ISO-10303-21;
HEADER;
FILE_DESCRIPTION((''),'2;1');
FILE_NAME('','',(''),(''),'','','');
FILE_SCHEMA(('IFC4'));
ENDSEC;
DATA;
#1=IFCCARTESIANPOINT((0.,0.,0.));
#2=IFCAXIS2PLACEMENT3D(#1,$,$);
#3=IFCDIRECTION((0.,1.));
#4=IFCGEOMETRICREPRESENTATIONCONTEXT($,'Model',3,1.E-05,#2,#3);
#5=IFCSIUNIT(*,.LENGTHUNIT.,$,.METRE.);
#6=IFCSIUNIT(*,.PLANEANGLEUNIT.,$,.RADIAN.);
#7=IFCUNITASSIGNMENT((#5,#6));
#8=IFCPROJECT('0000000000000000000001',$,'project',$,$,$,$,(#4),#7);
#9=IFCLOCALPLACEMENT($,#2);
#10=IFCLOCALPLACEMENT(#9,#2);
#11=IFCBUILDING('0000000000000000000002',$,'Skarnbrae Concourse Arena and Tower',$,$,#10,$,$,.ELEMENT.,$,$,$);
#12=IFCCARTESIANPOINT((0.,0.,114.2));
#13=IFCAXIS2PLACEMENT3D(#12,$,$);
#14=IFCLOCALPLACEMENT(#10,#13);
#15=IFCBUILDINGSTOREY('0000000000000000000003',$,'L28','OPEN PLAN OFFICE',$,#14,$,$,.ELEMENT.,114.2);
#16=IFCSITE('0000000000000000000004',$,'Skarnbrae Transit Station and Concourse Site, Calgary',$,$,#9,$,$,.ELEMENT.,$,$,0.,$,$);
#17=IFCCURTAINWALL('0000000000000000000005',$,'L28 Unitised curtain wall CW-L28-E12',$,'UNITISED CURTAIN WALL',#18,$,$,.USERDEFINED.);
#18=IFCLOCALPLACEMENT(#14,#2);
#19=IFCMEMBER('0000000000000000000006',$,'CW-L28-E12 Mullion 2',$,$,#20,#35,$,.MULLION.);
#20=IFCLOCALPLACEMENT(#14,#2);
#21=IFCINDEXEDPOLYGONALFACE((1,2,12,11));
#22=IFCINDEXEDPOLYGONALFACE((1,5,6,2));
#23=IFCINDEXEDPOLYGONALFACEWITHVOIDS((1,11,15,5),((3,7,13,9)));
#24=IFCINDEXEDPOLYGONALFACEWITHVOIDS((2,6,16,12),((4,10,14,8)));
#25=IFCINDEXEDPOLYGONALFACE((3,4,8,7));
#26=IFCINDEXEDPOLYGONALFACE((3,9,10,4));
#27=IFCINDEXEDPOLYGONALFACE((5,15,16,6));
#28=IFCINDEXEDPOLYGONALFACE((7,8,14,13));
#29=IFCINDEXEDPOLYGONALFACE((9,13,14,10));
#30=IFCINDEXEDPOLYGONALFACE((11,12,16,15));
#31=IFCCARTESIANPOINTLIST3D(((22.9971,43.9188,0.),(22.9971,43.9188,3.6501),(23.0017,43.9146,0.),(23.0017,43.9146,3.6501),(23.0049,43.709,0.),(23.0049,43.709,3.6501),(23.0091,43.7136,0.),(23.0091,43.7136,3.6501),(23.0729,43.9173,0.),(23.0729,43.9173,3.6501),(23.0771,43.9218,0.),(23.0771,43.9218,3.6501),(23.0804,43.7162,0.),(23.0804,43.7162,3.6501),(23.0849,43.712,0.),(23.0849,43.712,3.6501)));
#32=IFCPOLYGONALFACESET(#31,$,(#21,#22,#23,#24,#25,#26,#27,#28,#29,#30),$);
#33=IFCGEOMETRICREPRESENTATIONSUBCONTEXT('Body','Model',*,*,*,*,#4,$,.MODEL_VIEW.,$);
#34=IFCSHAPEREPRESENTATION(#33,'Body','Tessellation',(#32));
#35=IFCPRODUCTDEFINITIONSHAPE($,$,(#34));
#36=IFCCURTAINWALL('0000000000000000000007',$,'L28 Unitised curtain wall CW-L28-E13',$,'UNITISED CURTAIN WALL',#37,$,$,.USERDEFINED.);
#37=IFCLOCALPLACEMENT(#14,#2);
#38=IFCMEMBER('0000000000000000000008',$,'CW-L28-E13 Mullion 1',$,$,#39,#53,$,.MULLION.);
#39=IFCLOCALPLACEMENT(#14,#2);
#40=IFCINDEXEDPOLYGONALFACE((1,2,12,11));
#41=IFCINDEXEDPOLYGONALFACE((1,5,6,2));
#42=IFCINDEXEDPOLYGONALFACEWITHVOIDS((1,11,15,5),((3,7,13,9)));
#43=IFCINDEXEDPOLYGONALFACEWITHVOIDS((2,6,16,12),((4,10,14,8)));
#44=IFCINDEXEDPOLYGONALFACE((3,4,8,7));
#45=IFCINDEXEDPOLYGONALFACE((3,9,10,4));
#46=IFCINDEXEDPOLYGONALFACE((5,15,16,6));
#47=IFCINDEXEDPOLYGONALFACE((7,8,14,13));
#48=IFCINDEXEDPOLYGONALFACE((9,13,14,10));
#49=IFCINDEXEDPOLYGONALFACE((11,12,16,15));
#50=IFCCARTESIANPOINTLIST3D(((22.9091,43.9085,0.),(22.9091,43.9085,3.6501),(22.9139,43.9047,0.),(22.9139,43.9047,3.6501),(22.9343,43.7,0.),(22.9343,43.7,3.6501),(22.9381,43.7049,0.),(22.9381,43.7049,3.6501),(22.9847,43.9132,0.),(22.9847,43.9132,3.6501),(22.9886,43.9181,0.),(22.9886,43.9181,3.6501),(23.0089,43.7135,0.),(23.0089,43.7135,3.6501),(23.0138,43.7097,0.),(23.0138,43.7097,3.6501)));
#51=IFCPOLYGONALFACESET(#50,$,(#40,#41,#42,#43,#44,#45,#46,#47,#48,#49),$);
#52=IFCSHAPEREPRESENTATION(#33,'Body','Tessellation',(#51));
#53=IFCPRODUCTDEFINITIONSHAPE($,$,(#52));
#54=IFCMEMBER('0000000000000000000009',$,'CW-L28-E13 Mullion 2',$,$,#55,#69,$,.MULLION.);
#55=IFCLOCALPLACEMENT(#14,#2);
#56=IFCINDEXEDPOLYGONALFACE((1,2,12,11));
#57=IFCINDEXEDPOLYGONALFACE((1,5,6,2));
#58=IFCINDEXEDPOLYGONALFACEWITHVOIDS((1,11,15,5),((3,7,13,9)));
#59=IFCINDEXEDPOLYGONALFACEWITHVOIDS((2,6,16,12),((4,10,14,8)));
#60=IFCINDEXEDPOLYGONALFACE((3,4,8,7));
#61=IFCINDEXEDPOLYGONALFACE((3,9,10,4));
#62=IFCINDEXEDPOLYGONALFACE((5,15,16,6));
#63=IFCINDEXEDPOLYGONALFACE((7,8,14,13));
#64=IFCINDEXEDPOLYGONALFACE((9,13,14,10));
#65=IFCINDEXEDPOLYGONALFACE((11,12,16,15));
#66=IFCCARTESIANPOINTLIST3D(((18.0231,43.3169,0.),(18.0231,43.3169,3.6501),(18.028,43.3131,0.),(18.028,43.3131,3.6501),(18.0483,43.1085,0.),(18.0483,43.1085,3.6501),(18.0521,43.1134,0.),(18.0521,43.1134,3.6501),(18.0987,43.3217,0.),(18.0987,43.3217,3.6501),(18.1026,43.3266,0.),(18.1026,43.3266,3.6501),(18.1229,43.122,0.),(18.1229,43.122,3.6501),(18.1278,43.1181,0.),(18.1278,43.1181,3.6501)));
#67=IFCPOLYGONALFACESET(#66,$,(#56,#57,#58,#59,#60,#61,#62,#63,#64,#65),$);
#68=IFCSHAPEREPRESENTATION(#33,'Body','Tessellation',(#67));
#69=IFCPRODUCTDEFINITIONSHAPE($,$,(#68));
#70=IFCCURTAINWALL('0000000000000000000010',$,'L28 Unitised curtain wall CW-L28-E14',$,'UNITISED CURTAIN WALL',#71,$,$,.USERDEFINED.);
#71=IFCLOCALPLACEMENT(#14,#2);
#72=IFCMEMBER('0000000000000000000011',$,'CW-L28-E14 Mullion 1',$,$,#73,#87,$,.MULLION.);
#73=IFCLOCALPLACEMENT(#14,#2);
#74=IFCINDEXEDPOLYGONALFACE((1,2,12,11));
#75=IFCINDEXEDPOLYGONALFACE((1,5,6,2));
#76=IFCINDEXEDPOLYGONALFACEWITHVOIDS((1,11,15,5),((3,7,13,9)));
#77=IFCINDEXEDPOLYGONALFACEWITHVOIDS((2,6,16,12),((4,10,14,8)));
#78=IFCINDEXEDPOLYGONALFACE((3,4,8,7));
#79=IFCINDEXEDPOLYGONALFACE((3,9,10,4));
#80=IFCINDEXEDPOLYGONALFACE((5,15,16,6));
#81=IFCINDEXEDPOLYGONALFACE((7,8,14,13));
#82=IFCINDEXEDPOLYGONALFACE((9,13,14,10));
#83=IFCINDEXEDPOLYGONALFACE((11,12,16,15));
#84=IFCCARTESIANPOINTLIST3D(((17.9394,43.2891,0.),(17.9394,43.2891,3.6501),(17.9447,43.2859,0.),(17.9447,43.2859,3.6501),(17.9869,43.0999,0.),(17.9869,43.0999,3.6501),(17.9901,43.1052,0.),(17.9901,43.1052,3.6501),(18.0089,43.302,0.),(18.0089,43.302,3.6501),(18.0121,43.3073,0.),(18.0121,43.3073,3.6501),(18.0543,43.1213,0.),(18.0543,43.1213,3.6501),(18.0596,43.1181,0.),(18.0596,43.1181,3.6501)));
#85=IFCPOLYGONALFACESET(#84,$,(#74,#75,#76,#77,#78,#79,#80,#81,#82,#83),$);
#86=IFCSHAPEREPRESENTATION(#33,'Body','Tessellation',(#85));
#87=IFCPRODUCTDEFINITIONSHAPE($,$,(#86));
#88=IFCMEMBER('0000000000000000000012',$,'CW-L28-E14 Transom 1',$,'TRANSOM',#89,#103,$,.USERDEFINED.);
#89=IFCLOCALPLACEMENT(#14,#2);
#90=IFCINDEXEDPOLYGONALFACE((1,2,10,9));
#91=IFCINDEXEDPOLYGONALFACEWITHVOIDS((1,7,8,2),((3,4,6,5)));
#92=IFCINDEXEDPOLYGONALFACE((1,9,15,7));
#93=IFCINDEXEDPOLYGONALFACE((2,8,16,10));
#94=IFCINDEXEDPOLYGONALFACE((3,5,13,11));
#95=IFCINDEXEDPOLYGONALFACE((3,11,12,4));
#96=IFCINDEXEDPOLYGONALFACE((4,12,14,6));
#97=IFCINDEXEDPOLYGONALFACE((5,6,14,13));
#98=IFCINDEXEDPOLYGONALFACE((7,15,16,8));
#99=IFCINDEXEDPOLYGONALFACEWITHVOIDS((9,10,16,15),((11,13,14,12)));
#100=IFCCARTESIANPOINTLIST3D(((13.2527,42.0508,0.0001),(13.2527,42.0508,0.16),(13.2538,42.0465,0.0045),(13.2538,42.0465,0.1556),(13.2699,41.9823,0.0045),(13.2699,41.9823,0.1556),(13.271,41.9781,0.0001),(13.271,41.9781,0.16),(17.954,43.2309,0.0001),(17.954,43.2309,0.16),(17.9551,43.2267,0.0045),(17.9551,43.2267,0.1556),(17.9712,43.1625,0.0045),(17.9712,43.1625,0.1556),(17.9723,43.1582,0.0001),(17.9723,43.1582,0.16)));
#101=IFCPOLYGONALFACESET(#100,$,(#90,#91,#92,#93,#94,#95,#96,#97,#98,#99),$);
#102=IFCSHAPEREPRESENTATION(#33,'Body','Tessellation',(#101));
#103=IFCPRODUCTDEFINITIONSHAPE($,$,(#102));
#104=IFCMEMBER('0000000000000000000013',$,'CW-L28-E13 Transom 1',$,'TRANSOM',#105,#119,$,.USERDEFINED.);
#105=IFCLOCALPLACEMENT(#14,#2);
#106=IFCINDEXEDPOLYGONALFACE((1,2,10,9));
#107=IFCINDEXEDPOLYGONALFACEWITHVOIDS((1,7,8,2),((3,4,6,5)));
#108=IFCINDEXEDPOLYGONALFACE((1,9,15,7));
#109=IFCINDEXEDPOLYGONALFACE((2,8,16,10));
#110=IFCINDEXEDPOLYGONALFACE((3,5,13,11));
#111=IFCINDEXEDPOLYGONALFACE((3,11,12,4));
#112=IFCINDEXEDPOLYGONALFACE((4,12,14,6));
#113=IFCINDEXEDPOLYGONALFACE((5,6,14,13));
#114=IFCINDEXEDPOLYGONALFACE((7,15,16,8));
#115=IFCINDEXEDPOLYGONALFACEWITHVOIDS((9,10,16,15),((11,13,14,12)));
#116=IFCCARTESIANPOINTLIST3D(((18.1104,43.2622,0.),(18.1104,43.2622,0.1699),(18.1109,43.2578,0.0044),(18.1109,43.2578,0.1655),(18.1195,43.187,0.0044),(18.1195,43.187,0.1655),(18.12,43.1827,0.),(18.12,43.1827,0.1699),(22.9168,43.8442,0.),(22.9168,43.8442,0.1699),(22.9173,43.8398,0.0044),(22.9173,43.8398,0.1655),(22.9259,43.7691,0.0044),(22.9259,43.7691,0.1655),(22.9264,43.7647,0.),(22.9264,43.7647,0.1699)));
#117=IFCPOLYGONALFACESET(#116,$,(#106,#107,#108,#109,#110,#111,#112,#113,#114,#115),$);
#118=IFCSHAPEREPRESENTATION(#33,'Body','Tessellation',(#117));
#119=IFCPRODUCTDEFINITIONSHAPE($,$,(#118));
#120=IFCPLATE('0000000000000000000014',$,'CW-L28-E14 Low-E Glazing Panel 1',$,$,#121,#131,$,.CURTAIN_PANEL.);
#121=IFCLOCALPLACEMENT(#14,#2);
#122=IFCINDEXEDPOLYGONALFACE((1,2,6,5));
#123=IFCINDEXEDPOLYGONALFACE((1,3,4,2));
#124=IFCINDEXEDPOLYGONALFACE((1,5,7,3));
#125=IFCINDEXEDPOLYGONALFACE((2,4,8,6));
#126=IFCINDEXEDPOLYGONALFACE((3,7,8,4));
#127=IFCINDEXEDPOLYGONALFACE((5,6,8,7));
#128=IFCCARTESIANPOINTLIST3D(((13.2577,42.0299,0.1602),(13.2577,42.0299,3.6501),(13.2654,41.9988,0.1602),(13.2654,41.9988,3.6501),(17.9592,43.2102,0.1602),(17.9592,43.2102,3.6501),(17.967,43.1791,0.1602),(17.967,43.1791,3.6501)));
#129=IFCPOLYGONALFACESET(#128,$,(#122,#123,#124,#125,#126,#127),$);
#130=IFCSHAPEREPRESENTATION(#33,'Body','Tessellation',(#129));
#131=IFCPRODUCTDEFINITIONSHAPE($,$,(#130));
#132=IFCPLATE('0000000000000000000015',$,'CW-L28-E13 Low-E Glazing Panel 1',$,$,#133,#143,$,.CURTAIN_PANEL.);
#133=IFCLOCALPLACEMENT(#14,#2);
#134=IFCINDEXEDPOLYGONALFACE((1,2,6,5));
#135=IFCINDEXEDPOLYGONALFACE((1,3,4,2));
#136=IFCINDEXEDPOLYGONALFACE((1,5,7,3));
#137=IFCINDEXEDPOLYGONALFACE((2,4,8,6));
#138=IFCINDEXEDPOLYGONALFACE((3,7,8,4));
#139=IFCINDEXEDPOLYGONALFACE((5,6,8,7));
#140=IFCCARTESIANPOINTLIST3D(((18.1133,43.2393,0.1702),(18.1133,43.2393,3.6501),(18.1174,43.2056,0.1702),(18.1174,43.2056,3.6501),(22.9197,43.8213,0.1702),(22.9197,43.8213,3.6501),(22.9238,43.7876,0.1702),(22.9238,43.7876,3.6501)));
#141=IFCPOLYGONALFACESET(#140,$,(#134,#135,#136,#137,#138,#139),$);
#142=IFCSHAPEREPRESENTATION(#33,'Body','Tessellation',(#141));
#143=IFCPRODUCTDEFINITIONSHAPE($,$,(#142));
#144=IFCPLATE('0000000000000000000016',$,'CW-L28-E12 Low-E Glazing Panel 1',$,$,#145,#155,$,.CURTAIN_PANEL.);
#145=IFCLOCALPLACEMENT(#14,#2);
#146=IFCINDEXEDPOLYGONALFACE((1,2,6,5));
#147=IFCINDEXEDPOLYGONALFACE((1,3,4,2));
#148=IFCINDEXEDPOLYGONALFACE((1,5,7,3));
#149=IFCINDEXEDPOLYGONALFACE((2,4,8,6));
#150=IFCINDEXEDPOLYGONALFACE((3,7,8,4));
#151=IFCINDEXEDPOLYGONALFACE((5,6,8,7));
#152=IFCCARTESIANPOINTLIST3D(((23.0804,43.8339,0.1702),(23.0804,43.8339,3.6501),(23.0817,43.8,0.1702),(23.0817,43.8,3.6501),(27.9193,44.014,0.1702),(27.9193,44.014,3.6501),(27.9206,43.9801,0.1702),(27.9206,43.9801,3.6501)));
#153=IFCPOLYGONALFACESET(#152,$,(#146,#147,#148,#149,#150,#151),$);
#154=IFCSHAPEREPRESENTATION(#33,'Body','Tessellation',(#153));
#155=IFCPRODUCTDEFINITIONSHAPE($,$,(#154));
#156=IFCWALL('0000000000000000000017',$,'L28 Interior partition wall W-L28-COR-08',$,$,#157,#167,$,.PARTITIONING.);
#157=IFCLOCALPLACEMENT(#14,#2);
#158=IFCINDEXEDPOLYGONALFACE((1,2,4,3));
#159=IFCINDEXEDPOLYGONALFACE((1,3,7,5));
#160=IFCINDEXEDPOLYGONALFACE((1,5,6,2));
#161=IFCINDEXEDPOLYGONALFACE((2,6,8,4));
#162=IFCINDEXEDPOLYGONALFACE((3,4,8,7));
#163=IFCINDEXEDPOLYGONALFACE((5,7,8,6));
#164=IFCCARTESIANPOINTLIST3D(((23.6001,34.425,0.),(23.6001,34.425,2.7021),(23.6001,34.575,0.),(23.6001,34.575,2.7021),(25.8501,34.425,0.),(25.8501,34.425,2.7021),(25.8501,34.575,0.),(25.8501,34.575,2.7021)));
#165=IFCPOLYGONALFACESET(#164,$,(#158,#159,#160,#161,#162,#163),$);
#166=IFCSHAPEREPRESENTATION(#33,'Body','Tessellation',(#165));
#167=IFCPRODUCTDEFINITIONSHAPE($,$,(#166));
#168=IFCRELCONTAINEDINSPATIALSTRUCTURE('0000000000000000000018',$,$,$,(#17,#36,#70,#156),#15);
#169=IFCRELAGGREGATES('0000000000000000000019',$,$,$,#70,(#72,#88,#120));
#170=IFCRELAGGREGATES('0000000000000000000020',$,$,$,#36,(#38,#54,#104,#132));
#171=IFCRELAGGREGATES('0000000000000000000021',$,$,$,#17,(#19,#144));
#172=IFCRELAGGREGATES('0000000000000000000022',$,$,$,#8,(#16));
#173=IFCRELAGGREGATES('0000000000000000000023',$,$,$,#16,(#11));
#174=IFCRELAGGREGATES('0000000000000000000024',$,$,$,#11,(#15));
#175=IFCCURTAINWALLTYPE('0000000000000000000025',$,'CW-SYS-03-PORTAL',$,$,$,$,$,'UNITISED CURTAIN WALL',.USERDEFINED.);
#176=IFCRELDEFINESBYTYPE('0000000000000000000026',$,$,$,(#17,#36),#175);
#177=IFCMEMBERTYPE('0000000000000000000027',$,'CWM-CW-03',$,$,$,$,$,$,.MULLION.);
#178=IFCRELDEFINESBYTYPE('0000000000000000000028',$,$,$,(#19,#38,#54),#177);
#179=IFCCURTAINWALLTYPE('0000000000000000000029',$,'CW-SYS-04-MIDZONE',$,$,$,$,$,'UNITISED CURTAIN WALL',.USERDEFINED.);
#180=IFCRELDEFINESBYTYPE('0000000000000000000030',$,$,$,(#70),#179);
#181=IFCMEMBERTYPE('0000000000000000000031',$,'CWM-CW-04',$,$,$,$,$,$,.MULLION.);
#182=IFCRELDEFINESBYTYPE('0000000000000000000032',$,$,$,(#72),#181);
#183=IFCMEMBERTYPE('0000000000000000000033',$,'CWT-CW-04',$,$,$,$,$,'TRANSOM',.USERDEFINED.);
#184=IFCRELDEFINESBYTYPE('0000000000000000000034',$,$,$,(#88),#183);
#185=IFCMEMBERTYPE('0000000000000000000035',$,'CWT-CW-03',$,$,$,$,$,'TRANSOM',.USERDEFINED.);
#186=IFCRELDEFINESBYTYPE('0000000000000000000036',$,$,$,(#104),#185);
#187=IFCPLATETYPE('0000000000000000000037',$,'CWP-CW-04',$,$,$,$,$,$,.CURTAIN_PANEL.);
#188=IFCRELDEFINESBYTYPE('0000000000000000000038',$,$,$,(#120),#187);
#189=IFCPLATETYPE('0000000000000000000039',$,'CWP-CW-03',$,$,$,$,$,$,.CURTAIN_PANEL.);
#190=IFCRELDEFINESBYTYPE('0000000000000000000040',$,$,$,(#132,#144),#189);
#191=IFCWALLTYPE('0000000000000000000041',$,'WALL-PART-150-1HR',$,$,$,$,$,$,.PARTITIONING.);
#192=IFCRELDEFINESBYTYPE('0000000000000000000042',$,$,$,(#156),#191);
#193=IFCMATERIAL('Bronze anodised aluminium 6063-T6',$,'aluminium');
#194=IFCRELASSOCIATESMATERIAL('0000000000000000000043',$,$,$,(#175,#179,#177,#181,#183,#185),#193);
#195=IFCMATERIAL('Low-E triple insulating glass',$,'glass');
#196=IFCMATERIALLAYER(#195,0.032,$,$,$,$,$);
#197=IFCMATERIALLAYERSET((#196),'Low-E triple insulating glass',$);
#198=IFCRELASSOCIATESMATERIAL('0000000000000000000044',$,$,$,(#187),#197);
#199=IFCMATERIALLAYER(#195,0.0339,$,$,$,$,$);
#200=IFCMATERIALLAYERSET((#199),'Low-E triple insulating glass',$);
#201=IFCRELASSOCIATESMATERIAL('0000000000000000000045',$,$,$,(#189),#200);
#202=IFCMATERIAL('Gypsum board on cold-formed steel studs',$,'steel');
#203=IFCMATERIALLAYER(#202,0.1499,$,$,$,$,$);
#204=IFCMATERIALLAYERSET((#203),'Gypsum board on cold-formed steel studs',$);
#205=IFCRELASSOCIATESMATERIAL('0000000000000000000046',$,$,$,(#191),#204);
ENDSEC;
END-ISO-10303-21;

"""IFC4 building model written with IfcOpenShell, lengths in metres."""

from ifc_helpers import new_model, si_unit, direction, frame, frame_2d, origin, origin_2d, place, context, subcontext, project, spatial, rectangle, hollow_rectangle, extrude, source, transform, mapped, material, layer, layer_set, material_profile, profile_set, type_object, element, aggregate, save


model = new_model("IFC4")

# Units and contexts
model_context = context("Model", 3, precision=1e-05, world=origin(), true_north=direction((0.0, 1.0)))
body_context = subcontext(model_context, "Body", "Model", "MODEL_VIEW")
ifc_project = project(units=[si_unit("LENGTHUNIT", "METRE"), si_unit("PLANEANGLEUNIT", "RADIAN")], contexts=[model_context])

# Site, building, storey
site_placement = place(None, origin())
site = spatial("IfcSite", under=ifc_project, at=site_placement, Name="Skarnbrae Transit Station and Concourse Site, Calgary", CompositionType="ELEMENT", RefElevation=0.0)
building_placement = place(site_placement, origin())
building = spatial("IfcBuilding", under=site, at=building_placement, Name="Skarnbrae Concourse Arena and Tower", CompositionType="ELEMENT")
storey_placement = place(building_placement, frame((0.0, 0.0, 114.2)))
storey = spatial("IfcBuildingStorey", under=building, at=storey_placement, Name="L28", Description="OPEN PLAN OFFICE", CompositionType="ELEMENT", Elevation=114.2)

# Curtain wall, member
ifc_material_1 = material(Name="Bronze anodised aluminium 6063-T6", Category="aluminium")
curtain_wall_type_1 = type_object("IfcCurtainWallType", Name="CW-SYS-03-PORTAL", ElementType="UNITISED CURTAIN WALL", PredefinedType="USERDEFINED", material=ifc_material_1)
curtain_wall_1_placement = place(storey_placement, origin())
curtain_wall_1 = element("IfcCurtainWall", 1, at=curtain_wall_1_placement, inside=storey, type_object=curtain_wall_type_1, Name="L28 Unitised curtain wall CW-L28-E12", ObjectType="UNITISED CURTAIN WALL", PredefinedType="USERDEFINED")
ifc_material_profile_1 = material_profile(ifc_material_1, hollow_rectangle(XDim=0.0801, YDim=0.21, WallThickness=0.0044, at=origin_2d()), Name="ALU-MULL-80X210")
ifc_profile_set_1 = profile_set([ifc_material_profile_1], Name="Bronze anodised aluminium 6063-T6")
member_type_1 = type_object("IfcMemberType", Name="CWM-CW-03", PredefinedType="MULLION", material=ifc_profile_set_1)
shared_shape_1 = source(origin(), body_context, "Body", "SweptSolid", [
    extrude(hollow_rectangle(XDim=0.0801, YDim=0.21, WallThickness=0.0044, at=origin_2d()), origin(), (0.0, 0.0, 1.0), 3.6501),
])
member_1_placement = place(storey_placement, frame((23.041, 43.8154, 0.0), z_axis=(0.0, 0.0, 1.0), x_axis=(-0.999308, -0.037183, 0.0)))
member_1 = element("IfcMember", 2, at=member_1_placement, type_object=member_type_1, Name="CW-L28-E12 Mullion 2", PredefinedType="MULLION", context=body_context, shape_type="MappedRepresentation", body=[
    mapped(shared_shape_1, transform((0.0, 0.0, 0.0))),
])

# Curtain walls, members
curtain_wall_2_placement = place(storey_placement, origin())
curtain_wall_2 = element("IfcCurtainWall", 3, at=curtain_wall_2_placement, inside=storey, type_object=curtain_wall_type_1, Name="L28 Unitised curtain wall CW-L28-E13", ObjectType="UNITISED CURTAIN WALL", PredefinedType="USERDEFINED")
member_2_placement = place(storey_placement, frame((22.9614, 43.8091, 0.0), z_axis=(0.0, 0.0, 1.0), x_axis=(-0.992749, -0.120203, 0.0)))
member_2 = element("IfcMember", 4, at=member_2_placement, type_object=member_type_1, Name="CW-L28-E13 Mullion 1", PredefinedType="MULLION", context=body_context, shape_type="MappedRepresentation", body=[
    mapped(shared_shape_1, transform((0.0, 0.0, 0.0))),
])
member_3_placement = place(storey_placement, frame((18.0754, 43.2175, 0.0), z_axis=(0.0, 0.0, 1.0), x_axis=(-0.992749, -0.120203, 0.0)))
member_3 = element("IfcMember", 5, at=member_3_placement, type_object=member_type_1, Name="CW-L28-E13 Mullion 2", PredefinedType="MULLION", context=body_context, shape_type="MappedRepresentation", body=[
    mapped(shared_shape_1, transform((0.0, 0.0, 0.0))),
])
curtain_wall_type_2 = type_object("IfcCurtainWallType", Name="CW-SYS-04-MIDZONE", ElementType="UNITISED CURTAIN WALL", PredefinedType="USERDEFINED", material=ifc_material_1)
curtain_wall_3_placement = place(storey_placement, origin())
curtain_wall_3 = element("IfcCurtainWall", 6, at=curtain_wall_3_placement, inside=storey, type_object=curtain_wall_type_2, Name="L28 Unitised curtain wall CW-L28-E14", ObjectType="UNITISED CURTAIN WALL", PredefinedType="USERDEFINED")
ifc_material_profile_2 = material_profile(ifc_material_1, hollow_rectangle(XDim=0.075, YDim=0.1951, WallThickness=0.0044, at=origin_2d()), Name="ALU-MULL-75X195")
ifc_profile_set_2 = profile_set([ifc_material_profile_2], Name="Bronze anodised aluminium 6063-T6")
member_type_2 = type_object("IfcMemberType", Name="CWM-CW-04", PredefinedType="MULLION", material=ifc_profile_set_2)
shared_shape_2 = source(origin(), body_context, "Body", "SweptSolid", [
    extrude(hollow_rectangle(XDim=0.075, YDim=0.1951, WallThickness=0.0044, at=origin_2d()), origin(), (0.0, 0.0, 1.0), 3.6501),
])
member_4_placement = place(storey_placement, frame((17.9995, 43.2036, 0.0), z_axis=(0.0, 0.0, 1.0), x_axis=(-0.969903, -0.243491, 0.0)))
member_4 = element("IfcMember", 7, at=member_4_placement, type_object=member_type_2, Name="CW-L28-E14 Mullion 1", PredefinedType="MULLION", context=body_context, shape_type="MappedRepresentation", body=[
    mapped(shared_shape_2, transform((0.0, 0.0, 0.0))),
])
ifc_material_profile_3 = material_profile(ifc_material_1, hollow_rectangle(XDim=0.075, YDim=0.1599, WallThickness=0.0044, at=origin_2d()), Name="ALU-TRAN-75X160")
ifc_profile_set_3 = profile_set([ifc_material_profile_3], Name="Bronze anodised aluminium 6063-T6")
member_type_3 = type_object("IfcMemberType", Name="CWT-CW-04", ElementType="TRANSOM", PredefinedType="USERDEFINED", material=ifc_profile_set_3)
shared_shape_3 = source(origin(), body_context, "Body", "SweptSolid", [
    extrude(hollow_rectangle(XDim=0.075, YDim=0.1599, WallThickness=0.0044, at=origin_2d()), origin(), (0.0, 0.0, 1.0), 4.8472),
])
member_5_placement = place(storey_placement, frame((17.9631, 43.1946, 0.0801), z_axis=(-0.969908, -0.243472, 0.0), x_axis=(0.243472, -0.969908, 0.0)))
member_5 = element("IfcMember", 8, at=member_5_placement, type_object=member_type_3, Name="CW-L28-E14 Transom 1", ObjectType="TRANSOM", PredefinedType="USERDEFINED", context=body_context, shape_type="MappedRepresentation", body=[
    mapped(shared_shape_3, transform((0.0, 0.0, 0.0))),
])

# Member
ifc_material_profile_4 = material_profile(ifc_material_1, hollow_rectangle(XDim=0.0801, YDim=0.1699, WallThickness=0.0044, at=origin_2d()), Name="ALU-TRAN-80X170")
ifc_profile_set_4 = profile_set([ifc_material_profile_4], Name="Bronze anodised aluminium 6063-T6")
member_type_4 = type_object("IfcMemberType", Name="CWT-CW-03", ElementType="TRANSOM", PredefinedType="USERDEFINED", material=ifc_profile_set_4)
shared_shape_4 = source(origin(), body_context, "Body", "SweptSolid", [
    extrude(hollow_rectangle(XDim=0.0801, YDim=0.1699, WallThickness=0.0044, at=origin_2d()), origin(), (0.0, 0.0, 1.0), 4.8416),
])
member_6_placement = place(storey_placement, frame((22.9216, 43.8044, 0.085), z_axis=(-0.992748, -0.120217, 0.0), x_axis=(0.120217, -0.992748, 0.0)))
member_6 = element("IfcMember", 9, at=member_6_placement, type_object=member_type_4, Name="CW-L28-E13 Transom 1", ObjectType="TRANSOM", PredefinedType="USERDEFINED", context=body_context, shape_type="MappedRepresentation", body=[
    mapped(shared_shape_4, transform((0.0, 0.0, 0.0))),
])

# Plates
ifc_material_2 = material(Name="Low-E triple insulating glass", Category="glass")
ifc_layer_1 = layer(ifc_material_2, 0.032)
ifc_layer_set_1 = layer_set([ifc_layer_1], Name="Low-E triple insulating glass")
plate_type_1 = type_object("IfcPlateType", Name="CWP-CW-04", PredefinedType="CURTAIN_PANEL", material=ifc_layer_set_1)
shared_shape_5 = source(origin(), body_context, "Body", "SweptSolid", [
    extrude(rectangle(XDim=4.8474, YDim=0.032, at=origin_2d()), origin(), (0.0, 0.0, 1.0), 3.49),
])
plate_1_placement = place(storey_placement, frame((15.6123, 42.6045, 0.1602), z_axis=(0.0, 0.0, 1.0), x_axis=(-0.969903, -0.243491, 0.0)))
plate_1 = element("IfcPlate", 10, at=plate_1_placement, type_object=plate_type_1, Name="CW-L28-E14 Low-E Glazing Panel 1", PredefinedType="CURTAIN_PANEL", context=body_context, shape_type="MappedRepresentation", body=[
    mapped(shared_shape_5, transform((0.0, 0.0, 0.0))),
])
aggregate(curtain_wall_3, [member_4, member_5, plate_1])
ifc_layer_2 = layer(ifc_material_2, 0.0339)
ifc_layer_set_2 = layer_set([ifc_layer_2], Name="Low-E triple insulating glass")
plate_type_2 = type_object("IfcPlateType", Name="CWP-CW-03", PredefinedType="CURTAIN_PANEL", material=ifc_layer_set_2)
shared_shape_6 = source(origin(), body_context, "Body", "SweptSolid", [
    extrude(rectangle(XDim=4.8416, YDim=0.0339, at=origin_2d()), origin(), (0.0, 0.0, 1.0), 3.48),
])
plate_2_placement = place(storey_placement, frame((20.5186, 43.5134, 0.1702), z_axis=(0.0, 0.0, 1.0), x_axis=(-0.992749, -0.120203, 0.0)))
plate_2 = element("IfcPlate", 11, at=plate_2_placement, type_object=plate_type_2, Name="CW-L28-E13 Low-E Glazing Panel 1", PredefinedType="CURTAIN_PANEL", context=body_context, shape_type="MappedRepresentation", body=[
    mapped(shared_shape_6, transform((0.0, 0.0, 0.0))),
])
aggregate(curtain_wall_2, [member_2, member_3, member_6, plate_2])
shared_shape_7 = source(origin(), body_context, "Body", "SweptSolid", [
    extrude(rectangle(XDim=4.8423, YDim=0.0339, at=origin_2d()), origin(), (0.0, 0.0, 1.0), 3.48),
])
plate_3_placement = place(storey_placement, frame((25.5005, 43.907, 0.1702), z_axis=(0.0, 0.0, 1.0), x_axis=(-0.999308, -0.037183, 0.0)))
plate_3 = element("IfcPlate", 12, at=plate_3_placement, type_object=plate_type_2, Name="CW-L28-E12 Low-E Glazing Panel 1", PredefinedType="CURTAIN_PANEL", context=body_context, shape_type="MappedRepresentation", body=[
    mapped(shared_shape_7, transform((0.0, 0.0, 0.0))),
])
aggregate(curtain_wall_1, [member_1, plate_3])

# Wall
ifc_material_3 = material(Name="Gypsum board on cold-formed steel studs", Category="steel")
ifc_layer_3 = layer(ifc_material_3, 0.1499)
ifc_layer_set_3 = layer_set([ifc_layer_3], Name="Gypsum board on cold-formed steel studs")
wall_type_1 = type_object("IfcWallType", Name="WALL-PART-150-1HR", PredefinedType="PARTITIONING", material=ifc_layer_set_3)
shared_shape_8 = source(origin(), body_context, "Body", "SweptSolid", [
    extrude(rectangle(XDim=2.25, YDim=0.1499, at=frame_2d((1.125, 0.0))), origin(), (0.0, 0.0, 1.0), 2.7021),
])
wall_1_placement = place(storey_placement, frame((23.6001, 34.5, 0.0), z_axis=(0.0, 0.0, 1.0), x_axis=(1.0, 0.0, 0.0)))
element("IfcWall", 13, at=wall_1_placement, inside=storey, type_object=wall_type_1, Name="L28 Interior partition wall W-L28-COR-08", PredefinedType="PARTITIONING", context=body_context, shape_type="MappedRepresentation", body=[
    mapped(shared_shape_8, transform((0.0, 0.0, 0.0))),
])

save(model, "model.ifc")
